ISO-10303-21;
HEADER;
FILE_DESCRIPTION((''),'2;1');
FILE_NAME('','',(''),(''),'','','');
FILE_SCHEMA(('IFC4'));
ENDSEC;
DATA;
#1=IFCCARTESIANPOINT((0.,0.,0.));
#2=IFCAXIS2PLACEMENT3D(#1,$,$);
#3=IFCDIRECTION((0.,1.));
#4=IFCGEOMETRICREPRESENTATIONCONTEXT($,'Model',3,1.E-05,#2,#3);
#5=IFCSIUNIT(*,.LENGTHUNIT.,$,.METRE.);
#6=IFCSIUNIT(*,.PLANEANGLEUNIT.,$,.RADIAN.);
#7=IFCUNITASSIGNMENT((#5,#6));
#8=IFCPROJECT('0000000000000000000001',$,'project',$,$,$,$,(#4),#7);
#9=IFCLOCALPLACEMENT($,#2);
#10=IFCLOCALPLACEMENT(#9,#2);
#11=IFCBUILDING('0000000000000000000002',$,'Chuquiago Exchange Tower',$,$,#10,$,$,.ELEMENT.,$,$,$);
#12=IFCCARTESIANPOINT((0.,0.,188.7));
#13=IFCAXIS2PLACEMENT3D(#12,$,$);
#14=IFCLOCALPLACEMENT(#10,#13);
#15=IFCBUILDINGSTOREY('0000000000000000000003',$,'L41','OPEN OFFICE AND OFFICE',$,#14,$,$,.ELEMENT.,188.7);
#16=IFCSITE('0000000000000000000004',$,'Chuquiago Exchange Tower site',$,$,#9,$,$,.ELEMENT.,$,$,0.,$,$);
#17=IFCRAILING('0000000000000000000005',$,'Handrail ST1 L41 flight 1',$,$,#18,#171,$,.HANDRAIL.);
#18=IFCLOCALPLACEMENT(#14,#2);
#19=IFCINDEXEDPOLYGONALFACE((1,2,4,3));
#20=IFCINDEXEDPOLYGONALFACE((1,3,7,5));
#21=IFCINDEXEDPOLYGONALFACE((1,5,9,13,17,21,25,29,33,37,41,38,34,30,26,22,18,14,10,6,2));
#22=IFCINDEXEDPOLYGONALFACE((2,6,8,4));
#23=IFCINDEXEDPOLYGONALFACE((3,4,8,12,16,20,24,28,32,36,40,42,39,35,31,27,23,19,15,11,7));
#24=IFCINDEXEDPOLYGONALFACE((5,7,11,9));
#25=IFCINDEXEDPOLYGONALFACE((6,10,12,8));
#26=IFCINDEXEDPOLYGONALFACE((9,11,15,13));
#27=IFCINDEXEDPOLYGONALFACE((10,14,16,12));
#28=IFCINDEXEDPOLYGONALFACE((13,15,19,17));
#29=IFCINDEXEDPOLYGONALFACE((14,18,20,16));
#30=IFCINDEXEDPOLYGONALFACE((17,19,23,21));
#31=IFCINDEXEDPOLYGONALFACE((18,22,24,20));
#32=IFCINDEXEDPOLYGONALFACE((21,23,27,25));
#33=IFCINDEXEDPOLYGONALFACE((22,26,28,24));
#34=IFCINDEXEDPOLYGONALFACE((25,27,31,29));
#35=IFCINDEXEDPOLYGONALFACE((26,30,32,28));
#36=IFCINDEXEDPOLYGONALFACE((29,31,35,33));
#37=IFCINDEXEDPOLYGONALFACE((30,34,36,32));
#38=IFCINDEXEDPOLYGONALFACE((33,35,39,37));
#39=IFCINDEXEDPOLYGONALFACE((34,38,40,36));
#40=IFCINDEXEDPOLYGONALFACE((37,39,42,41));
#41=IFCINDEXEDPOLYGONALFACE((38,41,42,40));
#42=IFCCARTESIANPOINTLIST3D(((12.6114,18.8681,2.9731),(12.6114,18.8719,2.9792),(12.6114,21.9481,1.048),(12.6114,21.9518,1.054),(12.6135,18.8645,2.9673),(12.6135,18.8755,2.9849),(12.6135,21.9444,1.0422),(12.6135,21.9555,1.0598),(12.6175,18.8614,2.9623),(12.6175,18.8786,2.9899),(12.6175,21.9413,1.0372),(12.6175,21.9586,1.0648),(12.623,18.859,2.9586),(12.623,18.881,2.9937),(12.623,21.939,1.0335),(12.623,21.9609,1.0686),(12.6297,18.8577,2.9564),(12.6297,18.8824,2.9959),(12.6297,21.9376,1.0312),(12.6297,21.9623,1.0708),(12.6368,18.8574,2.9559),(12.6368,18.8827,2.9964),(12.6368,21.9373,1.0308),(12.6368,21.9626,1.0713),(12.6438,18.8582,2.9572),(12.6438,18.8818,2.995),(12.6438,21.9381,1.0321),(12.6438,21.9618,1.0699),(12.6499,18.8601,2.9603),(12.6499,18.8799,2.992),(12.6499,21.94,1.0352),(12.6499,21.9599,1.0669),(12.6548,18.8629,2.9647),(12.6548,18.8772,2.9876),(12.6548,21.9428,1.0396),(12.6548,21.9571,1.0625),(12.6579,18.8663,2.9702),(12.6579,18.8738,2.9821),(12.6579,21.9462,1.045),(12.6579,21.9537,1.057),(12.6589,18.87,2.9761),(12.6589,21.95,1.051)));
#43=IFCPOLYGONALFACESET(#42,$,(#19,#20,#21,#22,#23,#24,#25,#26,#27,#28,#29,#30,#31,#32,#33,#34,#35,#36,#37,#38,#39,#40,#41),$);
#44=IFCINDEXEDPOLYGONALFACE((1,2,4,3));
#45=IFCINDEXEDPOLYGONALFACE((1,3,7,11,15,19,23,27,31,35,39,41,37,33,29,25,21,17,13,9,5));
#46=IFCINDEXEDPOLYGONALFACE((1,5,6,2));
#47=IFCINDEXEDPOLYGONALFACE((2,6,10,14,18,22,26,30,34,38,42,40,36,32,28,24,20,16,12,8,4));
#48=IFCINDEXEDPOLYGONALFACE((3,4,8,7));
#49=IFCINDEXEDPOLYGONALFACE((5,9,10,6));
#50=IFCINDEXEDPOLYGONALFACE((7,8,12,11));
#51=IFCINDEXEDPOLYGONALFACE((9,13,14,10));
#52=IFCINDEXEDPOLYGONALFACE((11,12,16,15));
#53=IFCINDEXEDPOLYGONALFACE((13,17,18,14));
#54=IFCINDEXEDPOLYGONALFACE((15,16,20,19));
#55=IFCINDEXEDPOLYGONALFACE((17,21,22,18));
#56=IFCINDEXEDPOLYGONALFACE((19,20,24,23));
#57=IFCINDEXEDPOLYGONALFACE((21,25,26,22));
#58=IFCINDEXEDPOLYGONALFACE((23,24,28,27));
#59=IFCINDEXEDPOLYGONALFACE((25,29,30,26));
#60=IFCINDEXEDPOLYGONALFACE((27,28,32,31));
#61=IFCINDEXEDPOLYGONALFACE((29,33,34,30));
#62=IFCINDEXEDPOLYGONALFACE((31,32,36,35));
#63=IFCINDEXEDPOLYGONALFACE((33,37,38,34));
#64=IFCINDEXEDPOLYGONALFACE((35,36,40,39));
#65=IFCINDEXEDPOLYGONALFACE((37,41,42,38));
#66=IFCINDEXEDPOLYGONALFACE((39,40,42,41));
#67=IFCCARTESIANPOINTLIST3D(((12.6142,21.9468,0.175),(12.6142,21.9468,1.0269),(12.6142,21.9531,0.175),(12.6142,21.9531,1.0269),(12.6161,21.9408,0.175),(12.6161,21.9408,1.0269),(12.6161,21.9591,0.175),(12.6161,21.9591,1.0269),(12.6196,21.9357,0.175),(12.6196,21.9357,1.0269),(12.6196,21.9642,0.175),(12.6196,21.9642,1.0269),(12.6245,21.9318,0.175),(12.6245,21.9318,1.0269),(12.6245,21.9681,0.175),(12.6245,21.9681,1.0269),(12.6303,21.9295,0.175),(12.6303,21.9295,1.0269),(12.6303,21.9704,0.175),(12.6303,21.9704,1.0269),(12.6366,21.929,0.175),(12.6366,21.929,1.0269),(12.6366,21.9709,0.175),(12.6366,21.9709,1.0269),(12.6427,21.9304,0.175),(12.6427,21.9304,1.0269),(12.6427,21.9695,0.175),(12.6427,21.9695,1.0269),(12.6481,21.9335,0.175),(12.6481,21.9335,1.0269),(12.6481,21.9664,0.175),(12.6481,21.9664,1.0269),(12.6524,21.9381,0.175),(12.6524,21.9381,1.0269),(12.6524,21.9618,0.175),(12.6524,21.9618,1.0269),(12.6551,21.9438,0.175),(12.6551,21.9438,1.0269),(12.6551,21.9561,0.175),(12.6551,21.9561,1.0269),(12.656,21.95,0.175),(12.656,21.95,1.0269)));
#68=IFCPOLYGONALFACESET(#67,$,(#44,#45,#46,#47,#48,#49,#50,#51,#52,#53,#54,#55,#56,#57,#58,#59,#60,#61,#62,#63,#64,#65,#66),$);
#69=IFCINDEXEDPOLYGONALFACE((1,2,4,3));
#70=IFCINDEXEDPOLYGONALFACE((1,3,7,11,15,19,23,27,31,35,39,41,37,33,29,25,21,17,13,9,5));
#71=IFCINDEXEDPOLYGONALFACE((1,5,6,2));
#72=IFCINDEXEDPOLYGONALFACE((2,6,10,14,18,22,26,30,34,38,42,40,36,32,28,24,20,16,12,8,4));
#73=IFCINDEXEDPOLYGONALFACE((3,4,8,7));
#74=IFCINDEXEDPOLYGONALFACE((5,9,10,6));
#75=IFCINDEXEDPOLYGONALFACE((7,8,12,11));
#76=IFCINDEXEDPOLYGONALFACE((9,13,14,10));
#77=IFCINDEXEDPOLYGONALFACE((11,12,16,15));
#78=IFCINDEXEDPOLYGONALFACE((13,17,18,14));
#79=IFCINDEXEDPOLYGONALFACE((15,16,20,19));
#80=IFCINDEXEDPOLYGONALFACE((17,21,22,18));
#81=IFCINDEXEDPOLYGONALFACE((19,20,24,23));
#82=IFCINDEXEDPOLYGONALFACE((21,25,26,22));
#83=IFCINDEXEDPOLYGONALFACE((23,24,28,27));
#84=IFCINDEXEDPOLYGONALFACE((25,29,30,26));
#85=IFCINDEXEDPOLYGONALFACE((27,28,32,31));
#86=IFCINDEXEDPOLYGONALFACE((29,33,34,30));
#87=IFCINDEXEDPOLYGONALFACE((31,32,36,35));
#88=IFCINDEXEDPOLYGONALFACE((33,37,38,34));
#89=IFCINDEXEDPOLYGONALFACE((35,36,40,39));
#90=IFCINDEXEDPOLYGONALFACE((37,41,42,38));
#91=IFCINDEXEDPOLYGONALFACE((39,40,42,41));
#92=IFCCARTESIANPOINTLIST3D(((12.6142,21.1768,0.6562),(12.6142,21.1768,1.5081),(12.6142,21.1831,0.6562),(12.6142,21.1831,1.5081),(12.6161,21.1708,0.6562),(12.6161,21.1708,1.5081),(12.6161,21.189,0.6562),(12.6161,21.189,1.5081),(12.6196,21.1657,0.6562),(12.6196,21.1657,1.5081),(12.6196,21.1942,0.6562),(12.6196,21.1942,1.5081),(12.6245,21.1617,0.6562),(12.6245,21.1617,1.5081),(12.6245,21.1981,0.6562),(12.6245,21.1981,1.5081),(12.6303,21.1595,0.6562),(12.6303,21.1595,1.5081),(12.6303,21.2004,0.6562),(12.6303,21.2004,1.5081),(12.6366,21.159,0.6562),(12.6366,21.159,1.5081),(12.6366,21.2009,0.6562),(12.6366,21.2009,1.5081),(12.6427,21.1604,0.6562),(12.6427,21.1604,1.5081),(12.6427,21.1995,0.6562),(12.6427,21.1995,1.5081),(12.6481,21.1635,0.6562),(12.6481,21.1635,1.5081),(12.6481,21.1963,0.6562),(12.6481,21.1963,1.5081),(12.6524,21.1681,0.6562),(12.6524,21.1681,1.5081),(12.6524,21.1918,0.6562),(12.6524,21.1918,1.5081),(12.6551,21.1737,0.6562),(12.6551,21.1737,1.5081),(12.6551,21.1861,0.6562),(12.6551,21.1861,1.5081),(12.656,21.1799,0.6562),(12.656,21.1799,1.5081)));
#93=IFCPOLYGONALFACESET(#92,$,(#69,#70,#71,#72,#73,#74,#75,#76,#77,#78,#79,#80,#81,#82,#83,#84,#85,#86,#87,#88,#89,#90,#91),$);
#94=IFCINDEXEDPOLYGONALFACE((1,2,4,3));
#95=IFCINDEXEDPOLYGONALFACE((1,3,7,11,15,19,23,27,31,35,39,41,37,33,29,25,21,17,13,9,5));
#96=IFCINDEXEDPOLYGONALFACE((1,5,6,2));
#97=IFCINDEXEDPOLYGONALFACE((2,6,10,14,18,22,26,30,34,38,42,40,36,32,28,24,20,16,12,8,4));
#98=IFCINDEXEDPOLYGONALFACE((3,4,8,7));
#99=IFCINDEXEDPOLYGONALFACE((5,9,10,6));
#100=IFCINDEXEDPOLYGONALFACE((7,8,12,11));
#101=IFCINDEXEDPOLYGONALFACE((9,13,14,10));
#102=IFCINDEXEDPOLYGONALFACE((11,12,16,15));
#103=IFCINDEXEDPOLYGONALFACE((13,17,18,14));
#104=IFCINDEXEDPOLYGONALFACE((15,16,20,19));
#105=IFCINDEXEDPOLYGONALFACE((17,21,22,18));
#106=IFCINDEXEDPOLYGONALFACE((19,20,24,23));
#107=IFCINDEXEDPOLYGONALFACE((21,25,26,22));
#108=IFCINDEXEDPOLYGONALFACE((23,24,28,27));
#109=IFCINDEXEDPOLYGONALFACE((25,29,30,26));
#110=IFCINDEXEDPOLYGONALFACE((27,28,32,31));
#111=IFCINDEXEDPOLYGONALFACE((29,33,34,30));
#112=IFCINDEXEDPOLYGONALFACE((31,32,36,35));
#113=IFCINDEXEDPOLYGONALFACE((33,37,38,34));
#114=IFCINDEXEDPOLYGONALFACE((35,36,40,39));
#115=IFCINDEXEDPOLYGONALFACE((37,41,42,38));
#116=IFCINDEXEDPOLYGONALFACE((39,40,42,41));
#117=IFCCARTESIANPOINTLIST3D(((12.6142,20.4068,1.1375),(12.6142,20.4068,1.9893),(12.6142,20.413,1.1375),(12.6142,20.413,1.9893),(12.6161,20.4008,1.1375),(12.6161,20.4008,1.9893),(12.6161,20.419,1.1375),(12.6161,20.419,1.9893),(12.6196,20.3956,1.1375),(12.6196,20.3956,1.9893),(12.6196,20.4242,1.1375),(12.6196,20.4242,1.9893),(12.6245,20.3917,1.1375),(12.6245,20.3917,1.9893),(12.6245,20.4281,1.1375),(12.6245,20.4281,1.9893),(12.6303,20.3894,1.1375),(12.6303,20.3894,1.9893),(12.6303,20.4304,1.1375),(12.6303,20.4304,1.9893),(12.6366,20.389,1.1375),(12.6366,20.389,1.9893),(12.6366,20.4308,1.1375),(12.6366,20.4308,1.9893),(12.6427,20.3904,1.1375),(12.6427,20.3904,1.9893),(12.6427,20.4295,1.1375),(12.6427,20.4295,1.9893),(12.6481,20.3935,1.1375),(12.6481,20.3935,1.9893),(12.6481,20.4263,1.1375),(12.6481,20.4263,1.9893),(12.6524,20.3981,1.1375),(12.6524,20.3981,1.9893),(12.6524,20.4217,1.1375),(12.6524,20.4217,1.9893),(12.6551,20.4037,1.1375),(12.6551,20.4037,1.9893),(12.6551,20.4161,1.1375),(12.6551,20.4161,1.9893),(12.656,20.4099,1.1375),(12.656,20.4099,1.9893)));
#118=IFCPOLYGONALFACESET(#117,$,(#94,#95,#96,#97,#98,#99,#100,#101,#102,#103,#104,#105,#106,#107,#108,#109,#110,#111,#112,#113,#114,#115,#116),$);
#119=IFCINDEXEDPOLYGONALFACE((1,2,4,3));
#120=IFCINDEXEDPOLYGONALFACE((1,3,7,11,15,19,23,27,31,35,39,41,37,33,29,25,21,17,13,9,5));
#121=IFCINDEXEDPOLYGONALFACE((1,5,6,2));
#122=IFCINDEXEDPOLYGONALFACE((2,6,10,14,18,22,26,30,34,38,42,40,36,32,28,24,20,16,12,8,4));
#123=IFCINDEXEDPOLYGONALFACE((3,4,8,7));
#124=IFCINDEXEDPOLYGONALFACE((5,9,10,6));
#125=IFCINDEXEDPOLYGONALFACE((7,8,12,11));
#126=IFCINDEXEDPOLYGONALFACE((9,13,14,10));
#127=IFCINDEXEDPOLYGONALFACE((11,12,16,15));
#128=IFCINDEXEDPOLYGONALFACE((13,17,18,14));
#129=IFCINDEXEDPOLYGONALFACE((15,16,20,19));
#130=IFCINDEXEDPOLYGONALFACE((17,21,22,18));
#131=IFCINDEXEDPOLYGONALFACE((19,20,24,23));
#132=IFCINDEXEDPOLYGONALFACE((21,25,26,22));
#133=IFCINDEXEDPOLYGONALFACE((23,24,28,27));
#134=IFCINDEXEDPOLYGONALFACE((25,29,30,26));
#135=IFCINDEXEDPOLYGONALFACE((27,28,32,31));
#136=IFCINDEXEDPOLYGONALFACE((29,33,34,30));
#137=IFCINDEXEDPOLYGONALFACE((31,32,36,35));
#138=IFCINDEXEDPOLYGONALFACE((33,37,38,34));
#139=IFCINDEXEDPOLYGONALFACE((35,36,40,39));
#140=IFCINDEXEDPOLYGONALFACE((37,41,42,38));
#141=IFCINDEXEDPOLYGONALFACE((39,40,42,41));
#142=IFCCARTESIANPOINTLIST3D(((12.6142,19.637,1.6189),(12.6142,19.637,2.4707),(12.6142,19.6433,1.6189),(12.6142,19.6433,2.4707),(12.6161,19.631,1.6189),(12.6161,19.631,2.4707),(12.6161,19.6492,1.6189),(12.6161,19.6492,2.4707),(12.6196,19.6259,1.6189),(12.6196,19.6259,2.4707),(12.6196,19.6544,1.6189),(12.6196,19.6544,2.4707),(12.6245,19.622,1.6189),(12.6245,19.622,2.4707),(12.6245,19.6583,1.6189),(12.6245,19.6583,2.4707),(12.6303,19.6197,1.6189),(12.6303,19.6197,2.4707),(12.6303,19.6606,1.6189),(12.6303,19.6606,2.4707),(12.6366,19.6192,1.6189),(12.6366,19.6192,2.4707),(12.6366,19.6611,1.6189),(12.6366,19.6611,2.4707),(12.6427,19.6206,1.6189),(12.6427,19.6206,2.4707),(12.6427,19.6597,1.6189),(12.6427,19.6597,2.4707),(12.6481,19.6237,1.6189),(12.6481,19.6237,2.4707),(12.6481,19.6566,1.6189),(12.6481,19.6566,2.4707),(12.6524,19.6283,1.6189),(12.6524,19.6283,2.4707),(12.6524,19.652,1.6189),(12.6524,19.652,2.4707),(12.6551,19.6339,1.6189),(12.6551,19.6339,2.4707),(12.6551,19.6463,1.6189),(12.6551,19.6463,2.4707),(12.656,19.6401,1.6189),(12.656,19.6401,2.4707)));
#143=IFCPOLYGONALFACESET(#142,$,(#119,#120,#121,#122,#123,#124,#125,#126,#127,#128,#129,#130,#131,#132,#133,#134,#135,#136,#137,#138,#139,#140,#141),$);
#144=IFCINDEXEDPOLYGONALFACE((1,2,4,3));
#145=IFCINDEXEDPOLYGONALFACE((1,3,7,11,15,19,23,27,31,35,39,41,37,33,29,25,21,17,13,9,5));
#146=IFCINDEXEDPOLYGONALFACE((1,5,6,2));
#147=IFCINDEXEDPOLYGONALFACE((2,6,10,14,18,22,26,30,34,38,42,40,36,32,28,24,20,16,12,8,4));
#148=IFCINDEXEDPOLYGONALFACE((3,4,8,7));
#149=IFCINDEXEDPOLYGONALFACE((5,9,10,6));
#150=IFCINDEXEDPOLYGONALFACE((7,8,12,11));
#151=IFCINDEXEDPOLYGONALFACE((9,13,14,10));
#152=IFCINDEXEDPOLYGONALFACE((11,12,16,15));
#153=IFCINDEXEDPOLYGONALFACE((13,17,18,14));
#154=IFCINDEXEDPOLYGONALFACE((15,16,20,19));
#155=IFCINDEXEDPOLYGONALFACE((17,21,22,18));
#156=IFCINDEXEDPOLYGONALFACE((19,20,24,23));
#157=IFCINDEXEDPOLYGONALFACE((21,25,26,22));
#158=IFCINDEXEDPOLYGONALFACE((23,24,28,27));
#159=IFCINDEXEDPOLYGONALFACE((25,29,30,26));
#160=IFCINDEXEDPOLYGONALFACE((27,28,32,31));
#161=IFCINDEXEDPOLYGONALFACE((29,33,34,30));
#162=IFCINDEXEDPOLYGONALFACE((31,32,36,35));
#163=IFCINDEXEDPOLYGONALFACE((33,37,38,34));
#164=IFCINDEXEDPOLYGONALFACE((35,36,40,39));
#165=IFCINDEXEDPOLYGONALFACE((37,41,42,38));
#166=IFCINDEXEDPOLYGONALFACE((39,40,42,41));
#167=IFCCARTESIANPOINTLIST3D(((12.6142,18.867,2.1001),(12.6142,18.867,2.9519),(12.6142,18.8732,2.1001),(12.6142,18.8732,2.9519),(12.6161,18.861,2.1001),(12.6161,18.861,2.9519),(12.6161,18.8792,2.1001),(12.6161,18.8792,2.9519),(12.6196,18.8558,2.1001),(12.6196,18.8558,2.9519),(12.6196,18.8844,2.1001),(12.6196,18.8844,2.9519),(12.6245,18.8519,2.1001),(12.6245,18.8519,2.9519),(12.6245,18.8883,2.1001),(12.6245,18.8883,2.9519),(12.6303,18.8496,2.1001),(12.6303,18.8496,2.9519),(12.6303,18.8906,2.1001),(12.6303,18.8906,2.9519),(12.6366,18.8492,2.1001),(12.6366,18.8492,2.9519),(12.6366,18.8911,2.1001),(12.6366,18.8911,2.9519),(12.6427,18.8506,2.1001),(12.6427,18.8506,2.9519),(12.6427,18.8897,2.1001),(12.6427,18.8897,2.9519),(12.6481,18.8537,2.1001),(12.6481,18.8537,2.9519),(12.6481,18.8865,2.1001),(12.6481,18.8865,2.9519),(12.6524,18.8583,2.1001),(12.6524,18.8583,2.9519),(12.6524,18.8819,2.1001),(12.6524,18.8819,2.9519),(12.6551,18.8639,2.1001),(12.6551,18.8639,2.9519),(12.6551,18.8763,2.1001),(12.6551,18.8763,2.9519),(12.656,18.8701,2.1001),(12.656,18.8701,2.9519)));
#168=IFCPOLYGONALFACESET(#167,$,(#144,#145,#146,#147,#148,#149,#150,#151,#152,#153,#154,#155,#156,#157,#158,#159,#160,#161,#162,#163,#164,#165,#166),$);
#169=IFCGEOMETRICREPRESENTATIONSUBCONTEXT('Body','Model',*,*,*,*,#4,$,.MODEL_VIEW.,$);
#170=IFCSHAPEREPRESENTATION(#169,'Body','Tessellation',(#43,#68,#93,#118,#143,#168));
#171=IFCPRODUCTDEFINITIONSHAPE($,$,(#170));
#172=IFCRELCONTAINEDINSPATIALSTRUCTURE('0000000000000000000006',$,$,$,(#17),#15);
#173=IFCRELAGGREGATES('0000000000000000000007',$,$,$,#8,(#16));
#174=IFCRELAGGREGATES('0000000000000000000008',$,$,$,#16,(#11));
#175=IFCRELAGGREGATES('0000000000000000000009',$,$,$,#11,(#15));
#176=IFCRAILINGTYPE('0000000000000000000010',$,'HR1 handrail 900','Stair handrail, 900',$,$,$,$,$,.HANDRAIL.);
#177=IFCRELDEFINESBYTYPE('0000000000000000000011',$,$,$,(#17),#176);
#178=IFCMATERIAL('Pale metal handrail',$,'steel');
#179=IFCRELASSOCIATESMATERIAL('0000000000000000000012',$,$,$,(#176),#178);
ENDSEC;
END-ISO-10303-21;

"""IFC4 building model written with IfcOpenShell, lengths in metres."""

from ifc_helpers import new_model, si_unit, direction, frame, origin, origin_2d, place, context, subcontext, project, spatial, circle, extrude, material, type_object, element, save


model = new_model("IFC4")

# Units and contexts
model_context = context("Model", 3, precision=1e-05, world=origin(), true_north=direction((0.0, 1.0)))
body_context = subcontext(model_context, "Body", "Model", "MODEL_VIEW")
ifc_project = project(units=[si_unit("LENGTHUNIT", "METRE"), si_unit("PLANEANGLEUNIT", "RADIAN")], contexts=[model_context])

# Site, building, storey
site_placement = place(None, origin())
site = spatial("IfcSite", under=ifc_project, at=site_placement, Name="Chuquiago Exchange Tower site", CompositionType="ELEMENT", RefElevation=0.0)
building_placement = place(site_placement, origin())
building = spatial("IfcBuilding", under=site, at=building_placement, Name="Chuquiago Exchange Tower", CompositionType="ELEMENT")
storey_placement = place(building_placement, frame((0.0, 0.0, 188.7)))
storey = spatial("IfcBuildingStorey", under=building, at=storey_placement, Name="L41", Description="OPEN OFFICE AND OFFICE", CompositionType="ELEMENT", Elevation=188.7)

# Railing
ifc_material_1 = material(Name="Pale metal handrail", Category="steel")
railing_type_1 = type_object("IfcRailingType", Name="HR1 handrail 900", Description="Stair handrail, 900", PredefinedType="HANDRAIL", material=ifc_material_1)
for number, where, name in (
    (1, (12.635, 21.95, 0.175), "Handrail ST1 L41 flight 1"),
):
    element("IfcRailing", number, at=place(storey_placement, frame(where)), inside=storey, type_object=railing_type_1, Name=name, PredefinedType="HANDRAIL", context=body_context, shape_type="SweptSolid", body=[
        extrude(circle(Radius=0.0239, at=origin_2d()), frame((0.0, 0.0, 0.876), z_axis=(0.0, -0.847979, 0.530029), x_axis=(1.0, 0.0, 0.0)), (0.0, 0.0, 1.0), 3.6321),
        extrude(circle(Radius=0.021, at=origin_2d()), origin(), (0.0, 0.0, 1.0), 0.8518),
        extrude(circle(Radius=0.021, at=origin_2d()), frame((0.0, -0.77, 0.4812)), (0.0, 0.0, 1.0), 0.8518),
        extrude(circle(Radius=0.021, at=origin_2d()), frame((0.0, -1.54, 0.9624)), (0.0, 0.0, 1.0), 0.8518),
        extrude(circle(Radius=0.021, at=origin_2d()), frame((0.0, -2.3098, 1.4438)), (0.0, 0.0, 1.0), 0.8518),
        extrude(circle(Radius=0.021, at=origin_2d()), frame((0.0, -3.0798, 1.925)), (0.0, 0.0, 1.0), 0.8518),
    ])

save(model, "model.ifc")
